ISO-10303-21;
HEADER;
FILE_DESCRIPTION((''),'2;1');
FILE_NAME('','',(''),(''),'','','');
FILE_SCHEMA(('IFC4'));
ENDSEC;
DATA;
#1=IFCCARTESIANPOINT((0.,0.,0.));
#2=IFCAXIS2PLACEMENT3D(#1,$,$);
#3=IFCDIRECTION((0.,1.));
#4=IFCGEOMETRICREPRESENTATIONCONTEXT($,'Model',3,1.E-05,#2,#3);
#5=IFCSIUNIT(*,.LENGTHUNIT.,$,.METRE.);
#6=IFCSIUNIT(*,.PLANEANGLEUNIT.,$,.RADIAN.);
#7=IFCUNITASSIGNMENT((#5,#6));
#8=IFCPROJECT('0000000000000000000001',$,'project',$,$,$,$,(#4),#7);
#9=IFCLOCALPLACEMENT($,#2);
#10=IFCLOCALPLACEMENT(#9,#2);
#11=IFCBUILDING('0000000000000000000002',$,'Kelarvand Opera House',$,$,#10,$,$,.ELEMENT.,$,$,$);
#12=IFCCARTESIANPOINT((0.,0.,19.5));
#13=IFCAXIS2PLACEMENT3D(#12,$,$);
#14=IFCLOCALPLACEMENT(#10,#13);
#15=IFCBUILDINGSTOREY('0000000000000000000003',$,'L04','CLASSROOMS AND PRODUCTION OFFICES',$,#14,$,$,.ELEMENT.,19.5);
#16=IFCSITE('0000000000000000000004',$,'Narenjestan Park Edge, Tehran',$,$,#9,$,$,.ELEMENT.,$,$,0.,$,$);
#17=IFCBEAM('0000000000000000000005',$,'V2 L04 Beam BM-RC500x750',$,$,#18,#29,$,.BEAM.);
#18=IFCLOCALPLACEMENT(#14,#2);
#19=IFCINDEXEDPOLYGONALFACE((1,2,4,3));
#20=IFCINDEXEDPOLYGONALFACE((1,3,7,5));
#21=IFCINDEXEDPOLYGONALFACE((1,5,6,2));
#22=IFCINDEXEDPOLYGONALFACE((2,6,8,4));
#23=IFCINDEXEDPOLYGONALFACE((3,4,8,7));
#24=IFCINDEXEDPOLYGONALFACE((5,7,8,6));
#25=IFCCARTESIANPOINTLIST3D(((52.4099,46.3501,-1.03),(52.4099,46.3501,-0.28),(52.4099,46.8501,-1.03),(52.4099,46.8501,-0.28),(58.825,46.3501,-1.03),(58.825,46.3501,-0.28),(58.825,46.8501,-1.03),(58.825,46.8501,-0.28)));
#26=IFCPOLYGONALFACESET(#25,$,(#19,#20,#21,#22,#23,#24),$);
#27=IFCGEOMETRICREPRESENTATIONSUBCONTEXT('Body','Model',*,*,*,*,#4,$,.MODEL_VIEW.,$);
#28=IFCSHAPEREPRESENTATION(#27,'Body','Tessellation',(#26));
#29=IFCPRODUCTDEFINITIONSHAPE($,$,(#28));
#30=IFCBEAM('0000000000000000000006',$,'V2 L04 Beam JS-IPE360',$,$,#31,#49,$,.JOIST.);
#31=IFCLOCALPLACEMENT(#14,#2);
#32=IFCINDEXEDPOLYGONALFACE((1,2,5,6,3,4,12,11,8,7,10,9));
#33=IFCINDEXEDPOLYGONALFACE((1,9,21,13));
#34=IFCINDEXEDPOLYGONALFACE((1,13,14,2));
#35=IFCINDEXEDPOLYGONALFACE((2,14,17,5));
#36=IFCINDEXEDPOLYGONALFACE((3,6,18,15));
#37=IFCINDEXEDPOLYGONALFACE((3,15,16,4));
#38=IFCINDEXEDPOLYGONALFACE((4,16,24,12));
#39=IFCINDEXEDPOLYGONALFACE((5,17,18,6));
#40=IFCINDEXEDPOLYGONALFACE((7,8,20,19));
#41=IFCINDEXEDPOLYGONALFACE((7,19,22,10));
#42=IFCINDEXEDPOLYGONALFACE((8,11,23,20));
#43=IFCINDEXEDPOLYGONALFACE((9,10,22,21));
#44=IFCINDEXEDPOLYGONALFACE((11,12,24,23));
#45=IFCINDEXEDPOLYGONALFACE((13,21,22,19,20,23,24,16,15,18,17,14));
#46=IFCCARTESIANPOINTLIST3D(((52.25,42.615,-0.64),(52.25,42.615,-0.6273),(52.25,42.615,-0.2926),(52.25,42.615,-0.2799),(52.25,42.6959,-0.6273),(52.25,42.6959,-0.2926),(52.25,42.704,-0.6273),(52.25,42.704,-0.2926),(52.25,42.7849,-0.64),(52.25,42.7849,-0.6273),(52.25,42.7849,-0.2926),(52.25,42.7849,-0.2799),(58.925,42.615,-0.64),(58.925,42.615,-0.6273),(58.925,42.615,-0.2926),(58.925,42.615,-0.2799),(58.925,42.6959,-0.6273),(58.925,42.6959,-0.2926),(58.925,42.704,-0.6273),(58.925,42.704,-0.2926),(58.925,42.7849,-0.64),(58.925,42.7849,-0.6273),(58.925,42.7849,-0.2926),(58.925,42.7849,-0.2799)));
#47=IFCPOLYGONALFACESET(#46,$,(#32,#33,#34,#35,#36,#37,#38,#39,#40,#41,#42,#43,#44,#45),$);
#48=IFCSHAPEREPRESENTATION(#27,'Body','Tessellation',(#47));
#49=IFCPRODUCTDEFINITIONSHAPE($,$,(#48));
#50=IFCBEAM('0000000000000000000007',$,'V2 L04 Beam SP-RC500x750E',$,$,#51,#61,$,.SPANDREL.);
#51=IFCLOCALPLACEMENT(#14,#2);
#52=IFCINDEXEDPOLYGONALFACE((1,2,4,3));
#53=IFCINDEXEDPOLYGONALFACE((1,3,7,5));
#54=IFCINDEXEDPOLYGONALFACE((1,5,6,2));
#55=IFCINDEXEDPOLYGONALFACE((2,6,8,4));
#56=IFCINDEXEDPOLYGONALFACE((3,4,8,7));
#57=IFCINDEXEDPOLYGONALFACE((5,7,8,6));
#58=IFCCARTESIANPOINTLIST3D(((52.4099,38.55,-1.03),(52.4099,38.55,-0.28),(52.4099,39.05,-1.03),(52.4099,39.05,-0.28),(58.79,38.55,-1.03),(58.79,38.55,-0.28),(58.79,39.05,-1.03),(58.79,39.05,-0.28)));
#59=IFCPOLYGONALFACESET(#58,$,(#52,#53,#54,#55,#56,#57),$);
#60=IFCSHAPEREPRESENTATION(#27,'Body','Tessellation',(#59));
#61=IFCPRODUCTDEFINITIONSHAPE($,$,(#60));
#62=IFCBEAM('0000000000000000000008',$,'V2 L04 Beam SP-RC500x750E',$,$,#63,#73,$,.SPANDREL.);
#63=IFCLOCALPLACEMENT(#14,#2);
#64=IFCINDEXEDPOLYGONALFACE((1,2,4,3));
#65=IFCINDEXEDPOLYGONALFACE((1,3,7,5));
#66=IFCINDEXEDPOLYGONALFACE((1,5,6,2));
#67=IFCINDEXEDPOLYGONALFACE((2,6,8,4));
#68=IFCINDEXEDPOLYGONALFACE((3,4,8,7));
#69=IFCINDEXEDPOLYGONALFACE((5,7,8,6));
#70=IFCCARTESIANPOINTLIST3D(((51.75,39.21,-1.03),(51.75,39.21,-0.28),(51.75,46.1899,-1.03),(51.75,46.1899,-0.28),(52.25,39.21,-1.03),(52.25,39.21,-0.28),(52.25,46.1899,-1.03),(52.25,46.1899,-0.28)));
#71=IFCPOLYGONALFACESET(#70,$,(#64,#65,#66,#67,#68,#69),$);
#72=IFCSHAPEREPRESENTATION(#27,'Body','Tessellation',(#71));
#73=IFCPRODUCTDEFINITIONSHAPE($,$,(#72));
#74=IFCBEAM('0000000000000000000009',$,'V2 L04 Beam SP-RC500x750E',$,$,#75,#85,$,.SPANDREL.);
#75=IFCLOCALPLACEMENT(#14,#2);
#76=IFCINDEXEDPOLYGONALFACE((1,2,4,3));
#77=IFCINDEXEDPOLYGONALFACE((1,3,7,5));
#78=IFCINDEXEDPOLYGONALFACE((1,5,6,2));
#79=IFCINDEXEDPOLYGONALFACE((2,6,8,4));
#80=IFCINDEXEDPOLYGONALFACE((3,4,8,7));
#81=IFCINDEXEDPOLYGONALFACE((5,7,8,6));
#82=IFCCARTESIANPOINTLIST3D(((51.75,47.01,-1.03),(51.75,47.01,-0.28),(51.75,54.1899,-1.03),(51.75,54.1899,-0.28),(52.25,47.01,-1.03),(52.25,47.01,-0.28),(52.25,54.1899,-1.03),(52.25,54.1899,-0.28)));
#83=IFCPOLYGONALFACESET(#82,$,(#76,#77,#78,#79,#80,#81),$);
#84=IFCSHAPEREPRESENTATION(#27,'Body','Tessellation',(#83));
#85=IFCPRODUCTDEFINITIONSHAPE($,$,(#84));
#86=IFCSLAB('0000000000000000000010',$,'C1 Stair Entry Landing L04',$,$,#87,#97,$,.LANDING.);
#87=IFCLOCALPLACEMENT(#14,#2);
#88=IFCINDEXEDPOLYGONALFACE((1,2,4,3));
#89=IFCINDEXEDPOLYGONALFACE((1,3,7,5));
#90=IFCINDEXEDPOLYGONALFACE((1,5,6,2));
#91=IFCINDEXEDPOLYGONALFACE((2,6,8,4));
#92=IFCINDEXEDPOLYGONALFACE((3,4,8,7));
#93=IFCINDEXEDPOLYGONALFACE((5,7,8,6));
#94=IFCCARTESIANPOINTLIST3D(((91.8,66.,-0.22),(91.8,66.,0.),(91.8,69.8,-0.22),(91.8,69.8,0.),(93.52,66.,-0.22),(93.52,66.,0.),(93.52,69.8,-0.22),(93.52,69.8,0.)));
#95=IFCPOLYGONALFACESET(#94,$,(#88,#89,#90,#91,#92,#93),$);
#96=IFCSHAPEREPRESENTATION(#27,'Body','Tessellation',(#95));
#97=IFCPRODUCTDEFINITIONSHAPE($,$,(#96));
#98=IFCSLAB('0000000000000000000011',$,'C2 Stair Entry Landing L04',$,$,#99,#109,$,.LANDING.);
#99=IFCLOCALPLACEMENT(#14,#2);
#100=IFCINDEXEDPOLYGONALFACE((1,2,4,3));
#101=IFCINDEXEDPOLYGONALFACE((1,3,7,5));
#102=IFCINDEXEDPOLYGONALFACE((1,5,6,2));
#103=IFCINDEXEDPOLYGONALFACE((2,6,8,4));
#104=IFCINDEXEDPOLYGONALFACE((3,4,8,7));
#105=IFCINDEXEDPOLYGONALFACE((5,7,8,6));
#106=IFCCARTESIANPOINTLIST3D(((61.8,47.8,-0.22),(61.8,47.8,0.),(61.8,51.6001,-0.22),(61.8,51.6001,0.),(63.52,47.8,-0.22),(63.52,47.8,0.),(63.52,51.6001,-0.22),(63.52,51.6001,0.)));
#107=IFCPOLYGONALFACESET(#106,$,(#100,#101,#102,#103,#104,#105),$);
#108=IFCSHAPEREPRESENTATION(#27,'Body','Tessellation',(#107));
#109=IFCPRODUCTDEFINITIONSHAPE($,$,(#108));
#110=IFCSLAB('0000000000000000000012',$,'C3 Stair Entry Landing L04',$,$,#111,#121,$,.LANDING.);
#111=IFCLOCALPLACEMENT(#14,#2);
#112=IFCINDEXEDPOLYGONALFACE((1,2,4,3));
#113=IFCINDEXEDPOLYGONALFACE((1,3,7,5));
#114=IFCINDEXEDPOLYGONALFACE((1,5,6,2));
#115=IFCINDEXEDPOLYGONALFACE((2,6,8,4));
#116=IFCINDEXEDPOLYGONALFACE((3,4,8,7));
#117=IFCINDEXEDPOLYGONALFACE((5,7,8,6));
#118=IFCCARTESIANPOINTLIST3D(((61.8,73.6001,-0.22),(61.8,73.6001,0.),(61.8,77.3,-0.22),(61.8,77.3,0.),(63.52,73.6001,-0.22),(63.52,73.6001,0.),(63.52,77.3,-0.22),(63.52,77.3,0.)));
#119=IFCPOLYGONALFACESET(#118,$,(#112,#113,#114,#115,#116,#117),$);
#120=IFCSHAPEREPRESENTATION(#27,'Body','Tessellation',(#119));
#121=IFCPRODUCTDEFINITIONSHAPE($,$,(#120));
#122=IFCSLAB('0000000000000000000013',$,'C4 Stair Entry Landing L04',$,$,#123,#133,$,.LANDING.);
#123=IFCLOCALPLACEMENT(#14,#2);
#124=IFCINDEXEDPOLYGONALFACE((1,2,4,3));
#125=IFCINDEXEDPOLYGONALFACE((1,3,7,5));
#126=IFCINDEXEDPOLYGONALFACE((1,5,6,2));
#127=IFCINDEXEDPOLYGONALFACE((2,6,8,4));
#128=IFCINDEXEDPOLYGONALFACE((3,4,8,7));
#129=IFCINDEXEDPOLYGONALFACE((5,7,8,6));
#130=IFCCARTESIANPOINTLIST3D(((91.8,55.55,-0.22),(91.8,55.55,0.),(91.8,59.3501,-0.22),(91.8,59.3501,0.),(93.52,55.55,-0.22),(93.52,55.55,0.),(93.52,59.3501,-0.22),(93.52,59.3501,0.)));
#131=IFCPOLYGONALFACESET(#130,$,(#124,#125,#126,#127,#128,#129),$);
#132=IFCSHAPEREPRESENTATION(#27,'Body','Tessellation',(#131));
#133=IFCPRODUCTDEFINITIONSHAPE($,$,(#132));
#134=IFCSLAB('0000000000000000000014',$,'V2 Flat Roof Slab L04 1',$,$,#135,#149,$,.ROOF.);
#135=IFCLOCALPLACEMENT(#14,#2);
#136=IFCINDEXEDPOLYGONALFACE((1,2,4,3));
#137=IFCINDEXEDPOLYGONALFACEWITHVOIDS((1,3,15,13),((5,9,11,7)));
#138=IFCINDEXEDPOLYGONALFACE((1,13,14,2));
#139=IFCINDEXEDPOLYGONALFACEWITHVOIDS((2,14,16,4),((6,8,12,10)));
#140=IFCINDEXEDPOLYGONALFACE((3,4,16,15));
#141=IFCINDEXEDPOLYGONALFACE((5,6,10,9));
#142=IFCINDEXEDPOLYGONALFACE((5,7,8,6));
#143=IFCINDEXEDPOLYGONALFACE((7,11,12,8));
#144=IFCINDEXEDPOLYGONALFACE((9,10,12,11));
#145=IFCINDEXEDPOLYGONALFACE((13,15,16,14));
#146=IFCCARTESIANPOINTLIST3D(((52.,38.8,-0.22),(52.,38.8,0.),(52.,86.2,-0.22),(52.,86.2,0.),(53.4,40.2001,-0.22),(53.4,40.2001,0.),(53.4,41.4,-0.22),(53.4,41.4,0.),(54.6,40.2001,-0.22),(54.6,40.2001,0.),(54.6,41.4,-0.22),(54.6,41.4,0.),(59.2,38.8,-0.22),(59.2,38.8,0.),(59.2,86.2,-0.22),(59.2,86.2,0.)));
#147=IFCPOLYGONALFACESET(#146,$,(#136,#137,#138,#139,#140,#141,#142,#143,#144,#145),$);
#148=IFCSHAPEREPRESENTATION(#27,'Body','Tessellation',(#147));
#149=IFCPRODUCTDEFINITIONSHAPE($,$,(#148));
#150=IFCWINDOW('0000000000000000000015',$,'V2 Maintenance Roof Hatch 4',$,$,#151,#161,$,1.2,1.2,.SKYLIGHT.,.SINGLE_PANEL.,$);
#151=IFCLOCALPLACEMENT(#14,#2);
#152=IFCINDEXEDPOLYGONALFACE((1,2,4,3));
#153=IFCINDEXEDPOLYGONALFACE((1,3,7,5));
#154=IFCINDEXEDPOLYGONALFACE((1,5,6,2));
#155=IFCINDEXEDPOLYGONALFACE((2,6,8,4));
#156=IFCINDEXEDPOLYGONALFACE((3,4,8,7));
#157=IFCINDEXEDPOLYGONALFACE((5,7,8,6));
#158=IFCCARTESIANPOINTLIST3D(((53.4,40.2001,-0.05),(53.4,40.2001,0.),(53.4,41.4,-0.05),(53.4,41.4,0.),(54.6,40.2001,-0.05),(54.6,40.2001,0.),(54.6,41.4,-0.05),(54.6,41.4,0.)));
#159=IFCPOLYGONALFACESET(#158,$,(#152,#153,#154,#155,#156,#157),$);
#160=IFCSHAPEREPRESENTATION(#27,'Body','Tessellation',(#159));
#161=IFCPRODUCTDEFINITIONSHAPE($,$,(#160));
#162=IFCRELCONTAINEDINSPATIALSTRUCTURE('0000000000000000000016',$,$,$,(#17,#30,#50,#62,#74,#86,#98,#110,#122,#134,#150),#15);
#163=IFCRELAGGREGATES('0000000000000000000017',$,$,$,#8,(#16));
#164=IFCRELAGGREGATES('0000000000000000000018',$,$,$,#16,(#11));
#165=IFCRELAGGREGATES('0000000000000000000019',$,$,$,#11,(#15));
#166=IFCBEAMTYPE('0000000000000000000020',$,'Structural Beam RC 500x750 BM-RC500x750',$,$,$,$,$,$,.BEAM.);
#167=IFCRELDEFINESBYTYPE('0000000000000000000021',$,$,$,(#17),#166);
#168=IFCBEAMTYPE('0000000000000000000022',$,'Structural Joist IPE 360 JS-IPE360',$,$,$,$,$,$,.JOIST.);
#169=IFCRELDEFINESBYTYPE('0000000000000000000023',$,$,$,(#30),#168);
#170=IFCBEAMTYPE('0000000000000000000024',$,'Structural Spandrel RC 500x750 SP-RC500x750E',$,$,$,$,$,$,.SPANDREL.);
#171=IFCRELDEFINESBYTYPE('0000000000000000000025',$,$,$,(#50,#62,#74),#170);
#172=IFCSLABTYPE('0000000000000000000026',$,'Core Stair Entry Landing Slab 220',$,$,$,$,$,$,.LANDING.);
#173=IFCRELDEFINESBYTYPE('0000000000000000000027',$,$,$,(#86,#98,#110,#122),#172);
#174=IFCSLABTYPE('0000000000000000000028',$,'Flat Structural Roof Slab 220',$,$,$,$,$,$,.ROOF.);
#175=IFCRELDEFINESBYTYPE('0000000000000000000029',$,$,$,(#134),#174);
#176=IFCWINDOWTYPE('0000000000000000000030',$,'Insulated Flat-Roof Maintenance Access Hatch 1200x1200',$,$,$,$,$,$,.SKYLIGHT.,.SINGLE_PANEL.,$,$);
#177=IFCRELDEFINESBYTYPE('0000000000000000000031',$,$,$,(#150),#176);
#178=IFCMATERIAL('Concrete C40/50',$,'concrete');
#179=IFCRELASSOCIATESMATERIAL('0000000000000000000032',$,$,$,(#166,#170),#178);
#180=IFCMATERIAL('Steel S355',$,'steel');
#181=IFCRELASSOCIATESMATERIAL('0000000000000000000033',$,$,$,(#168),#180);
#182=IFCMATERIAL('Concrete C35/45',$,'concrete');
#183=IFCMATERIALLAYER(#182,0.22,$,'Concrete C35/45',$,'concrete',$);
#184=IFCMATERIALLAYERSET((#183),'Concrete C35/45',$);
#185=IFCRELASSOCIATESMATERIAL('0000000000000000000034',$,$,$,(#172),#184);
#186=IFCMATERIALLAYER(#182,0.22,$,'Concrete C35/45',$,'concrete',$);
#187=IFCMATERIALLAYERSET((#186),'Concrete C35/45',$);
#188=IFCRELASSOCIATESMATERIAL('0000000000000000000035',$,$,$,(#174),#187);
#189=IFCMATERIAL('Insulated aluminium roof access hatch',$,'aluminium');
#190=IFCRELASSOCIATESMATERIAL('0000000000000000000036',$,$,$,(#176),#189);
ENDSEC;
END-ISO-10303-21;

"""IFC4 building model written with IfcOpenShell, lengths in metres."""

from ifc_helpers import new_model, si_unit, direction, frame, origin, origin_2d, place, context, subcontext, project, spatial, polyline, rectangle, i_section, outline, extrude, material, layer, layer_set, material_profile, profile_set, type_object, element, fill, save


model = new_model("IFC4")

# Units and contexts
model_context = context("Model", 3, precision=1e-05, world=origin(), true_north=direction((0.0, 1.0)))
body_context = subcontext(model_context, "Body", "Model", "MODEL_VIEW")
ifc_project = project(units=[si_unit("LENGTHUNIT", "METRE"), si_unit("PLANEANGLEUNIT", "RADIAN")], contexts=[model_context])

# Site, building, storey
site_placement = place(None, origin())
site = spatial("IfcSite", under=ifc_project, at=site_placement, Name="Narenjestan Park Edge, Tehran", CompositionType="ELEMENT", RefElevation=0.0)
building_placement = place(site_placement, origin())
building = spatial("IfcBuilding", under=site, at=building_placement, Name="Kelarvand Opera House", CompositionType="ELEMENT")
storey_placement = place(building_placement, frame((0.0, 0.0, 19.5)))
storey = spatial("IfcBuildingStorey", under=building, at=storey_placement, Name="L04", Description="CLASSROOMS AND PRODUCTION OFFICES", CompositionType="ELEMENT", Elevation=19.5)

# Beams
ifc_material_1 = material(Name="Concrete C40/50", Category="concrete")
ifc_material_profile_1 = material_profile(ifc_material_1, rectangle(XDim=0.5, YDim=0.75, at=origin_2d()), Name="RC 500x750", Category="concrete")
ifc_profile_set_1 = profile_set([ifc_material_profile_1], Name="Concrete C40/50")
beam_type_1 = type_object("IfcBeamType", Name="Structural Beam RC 500x750 BM-RC500x750", PredefinedType="BEAM", material=ifc_profile_set_1)
beam_1_placement = place(storey_placement, frame((52.4099, 46.6001, -0.655), z_axis=(1.0, 0.0, 0.0), x_axis=(0.0, 1.0, 0.0)))
element("IfcBeam", 1, at=beam_1_placement, inside=storey, type_object=beam_type_1, Name="V2 L04 Beam BM-RC500x750", PredefinedType="BEAM", context=body_context, shape_type="SweptSolid", body=[
    extrude(rectangle(XDim=0.5, YDim=0.75, at=origin_2d()), origin(), (0.0, 0.0, 1.0), 6.415),
])
ifc_material_2 = material(Name="Steel S355", Category="steel")
ifc_material_profile_2 = material_profile(ifc_material_2, i_section(OverallWidth=0.1699, OverallDepth=0.3601, WebThickness=0.0081, FlangeThickness=0.0127, at=origin_2d()), Name="IPE 360", Category="steel")
ifc_profile_set_2 = profile_set([ifc_material_profile_2], Name="Steel S355")
beam_type_2 = type_object("IfcBeamType", Name="Structural Joist IPE 360 JS-IPE360", PredefinedType="JOIST", material=ifc_profile_set_2)
beam_2_placement = place(storey_placement, frame((52.25, 42.7, -0.46), z_axis=(1.0, 0.0, 0.0), x_axis=(0.0, 1.0, 0.0)))
element("IfcBeam", 2, at=beam_2_placement, inside=storey, type_object=beam_type_2, Name="V2 L04 Beam JS-IPE360", PredefinedType="JOIST", context=body_context, shape_type="SweptSolid", body=[
    extrude(i_section(OverallWidth=0.1699, OverallDepth=0.3601, WebThickness=0.0081, FlangeThickness=0.0127, at=origin_2d()), origin(), (0.0, 0.0, 1.0), 6.675),
])
ifc_material_profile_3 = material_profile(ifc_material_1, rectangle(XDim=0.5, YDim=0.75, at=origin_2d()), Name="RC 500x750", Category="concrete")
ifc_profile_set_3 = profile_set([ifc_material_profile_3], Name="Concrete C40/50")
beam_type_3 = type_object("IfcBeamType", Name="Structural Spandrel RC 500x750 SP-RC500x750E", PredefinedType="SPANDREL", material=ifc_profile_set_3)
beam_3_placement = place(storey_placement, frame((52.4099, 38.8, -0.655), z_axis=(1.0, 0.0, 0.0), x_axis=(0.0, 1.0, 0.0)))
element("IfcBeam", 3, at=beam_3_placement, inside=storey, type_object=beam_type_3, Name="V2 L04 Beam SP-RC500x750E", PredefinedType="SPANDREL", context=body_context, shape_type="SweptSolid", body=[
    extrude(rectangle(XDim=0.5, YDim=0.75, at=origin_2d()), origin(), (0.0, 0.0, 1.0), 6.3801),
])
beam_4_placement = place(storey_placement, frame((52.0, 39.21, -0.655), z_axis=(0.0, 1.0, 0.0), x_axis=(-1.0, 0.0, 0.0)))
element("IfcBeam", 4, at=beam_4_placement, inside=storey, type_object=beam_type_3, Name="V2 L04 Beam SP-RC500x750E", PredefinedType="SPANDREL", context=body_context, shape_type="SweptSolid", body=[
    extrude(rectangle(XDim=0.5, YDim=0.75, at=origin_2d()), origin(), (0.0, 0.0, 1.0), 6.98),
])
beam_5_placement = place(storey_placement, frame((52.0, 47.01, -0.655), z_axis=(0.0, 1.0, 0.0), x_axis=(-1.0, 0.0, 0.0)))
element("IfcBeam", 5, at=beam_5_placement, inside=storey, type_object=beam_type_3, Name="V2 L04 Beam SP-RC500x750E", PredefinedType="SPANDREL", context=body_context, shape_type="SweptSolid", body=[
    extrude(rectangle(XDim=0.5, YDim=0.75, at=origin_2d()), origin(), (0.0, 0.0, 1.0), 7.1799),
])

# Slabs
ifc_material_3 = material(Name="Concrete C35/45", Category="concrete")
ifc_layer_1 = layer(ifc_material_3, 0.22, Name="Concrete C35/45", Category="concrete")
ifc_layer_set_1 = layer_set([ifc_layer_1], Name="Concrete C35/45")
slab_type_1 = type_object("IfcSlabType", Name="Core Stair Entry Landing Slab 220", PredefinedType="LANDING", material=ifc_layer_set_1)
slab_1_placement = place(storey_placement, frame((0.0, 0.0, -0.22)))
element("IfcSlab", 6, at=slab_1_placement, inside=storey, type_object=slab_type_1, Name="C1 Stair Entry Landing L04", PredefinedType="LANDING", context=body_context, shape_type="SweptSolid", body=[
    extrude(outline(polyline([(91.8, 66.0), (93.52, 66.0), (93.52, 69.8), (91.8, 69.8), (91.8, 66.0)])), origin(), (0.0, 0.0, 1.0), 0.22),
])
slab_2_placement = place(storey_placement, frame((0.0, 0.0, -0.22)))
element("IfcSlab", 7, at=slab_2_placement, inside=storey, type_object=slab_type_1, Name="C2 Stair Entry Landing L04", PredefinedType="LANDING", context=body_context, shape_type="SweptSolid", body=[
    extrude(outline(polyline([(61.8, 47.8), (63.52, 47.8), (63.52, 51.6001), (61.8, 51.6001), (61.8, 47.8)])), origin(), (0.0, 0.0, 1.0), 0.22),
])
slab_3_placement = place(storey_placement, frame((0.0, 0.0, -0.22)))
element("IfcSlab", 8, at=slab_3_placement, inside=storey, type_object=slab_type_1, Name="C3 Stair Entry Landing L04", PredefinedType="LANDING", context=body_context, shape_type="SweptSolid", body=[
    extrude(outline(polyline([(61.8, 73.6001), (63.52, 73.6001), (63.52, 77.3), (61.8, 77.3), (61.8, 73.6001)])), origin(), (0.0, 0.0, 1.0), 0.22),
])
slab_4_placement = place(storey_placement, frame((0.0, 0.0, -0.22)))
element("IfcSlab", 9, at=slab_4_placement, inside=storey, type_object=slab_type_1, Name="C4 Stair Entry Landing L04", PredefinedType="LANDING", context=body_context, shape_type="SweptSolid", body=[
    extrude(outline(polyline([(91.8, 55.55), (93.52, 55.55), (93.52, 59.3501), (91.8, 59.3501), (91.8, 55.55)])), origin(), (0.0, 0.0, 1.0), 0.22),
])

# Slab, opening, window
ifc_layer_2 = layer(ifc_material_3, 0.22, Name="Concrete C35/45", Category="concrete")
ifc_layer_set_2 = layer_set([ifc_layer_2], Name="Concrete C35/45")
slab_type_2 = type_object("IfcSlabType", Name="Flat Structural Roof Slab 220", PredefinedType="ROOF", material=ifc_layer_set_2)
slab_5_placement = place(storey_placement, frame((0.0, 0.0, -0.22)))
slab_5 = element("IfcSlab", 10, at=slab_5_placement, inside=storey, type_object=slab_type_2, Name="V2 Flat Roof Slab L04 1", PredefinedType="ROOF", context=body_context, shape_type="SweptSolid", body=[
    extrude(outline(polyline([(52.0, 38.8), (59.2, 38.8), (59.2, 86.2), (52.0, 86.2), (52.0, 38.8)])), origin(), (0.0, 0.0, 1.0), 0.22),
])
opening_1_placement = place(slab_5_placement, frame((54.0, 40.8, 0.0)))
opening_1 = element("IfcOpeningElement", 11, at=opening_1_placement, cuts=slab_5, PredefinedType="OPENING", context=body_context, shape_type="SweptSolid", body=[
    extrude(rectangle(XDim=1.2, YDim=1.2, at=origin_2d()), frame((0.0, 0.0, -0.01)), (0.0, 0.0, 1.0), 0.24),
])
ifc_material_4 = material(Name="Insulated aluminium roof access hatch", Category="aluminium")
window_type = type_object("IfcWindowType", Name="Insulated Flat-Roof Maintenance Access Hatch 1200x1200", PartitioningType="SINGLE_PANEL", PredefinedType="SKYLIGHT", material=ifc_material_4)
window_1_placement = place(opening_1_placement, frame((0.0, 0.0, 0.1699)))
window_1 = element("IfcWindow", 12, at=window_1_placement, inside=storey, type_object=window_type, Name="V2 Maintenance Roof Hatch 4", OverallHeight=1.2, OverallWidth=1.2, PartitioningType="SINGLE_PANEL", PredefinedType="SKYLIGHT", context=body_context, shape_type="SweptSolid", body=[
    extrude(rectangle(XDim=1.2, YDim=1.2, at=origin_2d()), origin(), (0.0, 0.0, 1.0), 0.05),
])
fill(opening_1, window_1)

save(model, "model.ifc")
